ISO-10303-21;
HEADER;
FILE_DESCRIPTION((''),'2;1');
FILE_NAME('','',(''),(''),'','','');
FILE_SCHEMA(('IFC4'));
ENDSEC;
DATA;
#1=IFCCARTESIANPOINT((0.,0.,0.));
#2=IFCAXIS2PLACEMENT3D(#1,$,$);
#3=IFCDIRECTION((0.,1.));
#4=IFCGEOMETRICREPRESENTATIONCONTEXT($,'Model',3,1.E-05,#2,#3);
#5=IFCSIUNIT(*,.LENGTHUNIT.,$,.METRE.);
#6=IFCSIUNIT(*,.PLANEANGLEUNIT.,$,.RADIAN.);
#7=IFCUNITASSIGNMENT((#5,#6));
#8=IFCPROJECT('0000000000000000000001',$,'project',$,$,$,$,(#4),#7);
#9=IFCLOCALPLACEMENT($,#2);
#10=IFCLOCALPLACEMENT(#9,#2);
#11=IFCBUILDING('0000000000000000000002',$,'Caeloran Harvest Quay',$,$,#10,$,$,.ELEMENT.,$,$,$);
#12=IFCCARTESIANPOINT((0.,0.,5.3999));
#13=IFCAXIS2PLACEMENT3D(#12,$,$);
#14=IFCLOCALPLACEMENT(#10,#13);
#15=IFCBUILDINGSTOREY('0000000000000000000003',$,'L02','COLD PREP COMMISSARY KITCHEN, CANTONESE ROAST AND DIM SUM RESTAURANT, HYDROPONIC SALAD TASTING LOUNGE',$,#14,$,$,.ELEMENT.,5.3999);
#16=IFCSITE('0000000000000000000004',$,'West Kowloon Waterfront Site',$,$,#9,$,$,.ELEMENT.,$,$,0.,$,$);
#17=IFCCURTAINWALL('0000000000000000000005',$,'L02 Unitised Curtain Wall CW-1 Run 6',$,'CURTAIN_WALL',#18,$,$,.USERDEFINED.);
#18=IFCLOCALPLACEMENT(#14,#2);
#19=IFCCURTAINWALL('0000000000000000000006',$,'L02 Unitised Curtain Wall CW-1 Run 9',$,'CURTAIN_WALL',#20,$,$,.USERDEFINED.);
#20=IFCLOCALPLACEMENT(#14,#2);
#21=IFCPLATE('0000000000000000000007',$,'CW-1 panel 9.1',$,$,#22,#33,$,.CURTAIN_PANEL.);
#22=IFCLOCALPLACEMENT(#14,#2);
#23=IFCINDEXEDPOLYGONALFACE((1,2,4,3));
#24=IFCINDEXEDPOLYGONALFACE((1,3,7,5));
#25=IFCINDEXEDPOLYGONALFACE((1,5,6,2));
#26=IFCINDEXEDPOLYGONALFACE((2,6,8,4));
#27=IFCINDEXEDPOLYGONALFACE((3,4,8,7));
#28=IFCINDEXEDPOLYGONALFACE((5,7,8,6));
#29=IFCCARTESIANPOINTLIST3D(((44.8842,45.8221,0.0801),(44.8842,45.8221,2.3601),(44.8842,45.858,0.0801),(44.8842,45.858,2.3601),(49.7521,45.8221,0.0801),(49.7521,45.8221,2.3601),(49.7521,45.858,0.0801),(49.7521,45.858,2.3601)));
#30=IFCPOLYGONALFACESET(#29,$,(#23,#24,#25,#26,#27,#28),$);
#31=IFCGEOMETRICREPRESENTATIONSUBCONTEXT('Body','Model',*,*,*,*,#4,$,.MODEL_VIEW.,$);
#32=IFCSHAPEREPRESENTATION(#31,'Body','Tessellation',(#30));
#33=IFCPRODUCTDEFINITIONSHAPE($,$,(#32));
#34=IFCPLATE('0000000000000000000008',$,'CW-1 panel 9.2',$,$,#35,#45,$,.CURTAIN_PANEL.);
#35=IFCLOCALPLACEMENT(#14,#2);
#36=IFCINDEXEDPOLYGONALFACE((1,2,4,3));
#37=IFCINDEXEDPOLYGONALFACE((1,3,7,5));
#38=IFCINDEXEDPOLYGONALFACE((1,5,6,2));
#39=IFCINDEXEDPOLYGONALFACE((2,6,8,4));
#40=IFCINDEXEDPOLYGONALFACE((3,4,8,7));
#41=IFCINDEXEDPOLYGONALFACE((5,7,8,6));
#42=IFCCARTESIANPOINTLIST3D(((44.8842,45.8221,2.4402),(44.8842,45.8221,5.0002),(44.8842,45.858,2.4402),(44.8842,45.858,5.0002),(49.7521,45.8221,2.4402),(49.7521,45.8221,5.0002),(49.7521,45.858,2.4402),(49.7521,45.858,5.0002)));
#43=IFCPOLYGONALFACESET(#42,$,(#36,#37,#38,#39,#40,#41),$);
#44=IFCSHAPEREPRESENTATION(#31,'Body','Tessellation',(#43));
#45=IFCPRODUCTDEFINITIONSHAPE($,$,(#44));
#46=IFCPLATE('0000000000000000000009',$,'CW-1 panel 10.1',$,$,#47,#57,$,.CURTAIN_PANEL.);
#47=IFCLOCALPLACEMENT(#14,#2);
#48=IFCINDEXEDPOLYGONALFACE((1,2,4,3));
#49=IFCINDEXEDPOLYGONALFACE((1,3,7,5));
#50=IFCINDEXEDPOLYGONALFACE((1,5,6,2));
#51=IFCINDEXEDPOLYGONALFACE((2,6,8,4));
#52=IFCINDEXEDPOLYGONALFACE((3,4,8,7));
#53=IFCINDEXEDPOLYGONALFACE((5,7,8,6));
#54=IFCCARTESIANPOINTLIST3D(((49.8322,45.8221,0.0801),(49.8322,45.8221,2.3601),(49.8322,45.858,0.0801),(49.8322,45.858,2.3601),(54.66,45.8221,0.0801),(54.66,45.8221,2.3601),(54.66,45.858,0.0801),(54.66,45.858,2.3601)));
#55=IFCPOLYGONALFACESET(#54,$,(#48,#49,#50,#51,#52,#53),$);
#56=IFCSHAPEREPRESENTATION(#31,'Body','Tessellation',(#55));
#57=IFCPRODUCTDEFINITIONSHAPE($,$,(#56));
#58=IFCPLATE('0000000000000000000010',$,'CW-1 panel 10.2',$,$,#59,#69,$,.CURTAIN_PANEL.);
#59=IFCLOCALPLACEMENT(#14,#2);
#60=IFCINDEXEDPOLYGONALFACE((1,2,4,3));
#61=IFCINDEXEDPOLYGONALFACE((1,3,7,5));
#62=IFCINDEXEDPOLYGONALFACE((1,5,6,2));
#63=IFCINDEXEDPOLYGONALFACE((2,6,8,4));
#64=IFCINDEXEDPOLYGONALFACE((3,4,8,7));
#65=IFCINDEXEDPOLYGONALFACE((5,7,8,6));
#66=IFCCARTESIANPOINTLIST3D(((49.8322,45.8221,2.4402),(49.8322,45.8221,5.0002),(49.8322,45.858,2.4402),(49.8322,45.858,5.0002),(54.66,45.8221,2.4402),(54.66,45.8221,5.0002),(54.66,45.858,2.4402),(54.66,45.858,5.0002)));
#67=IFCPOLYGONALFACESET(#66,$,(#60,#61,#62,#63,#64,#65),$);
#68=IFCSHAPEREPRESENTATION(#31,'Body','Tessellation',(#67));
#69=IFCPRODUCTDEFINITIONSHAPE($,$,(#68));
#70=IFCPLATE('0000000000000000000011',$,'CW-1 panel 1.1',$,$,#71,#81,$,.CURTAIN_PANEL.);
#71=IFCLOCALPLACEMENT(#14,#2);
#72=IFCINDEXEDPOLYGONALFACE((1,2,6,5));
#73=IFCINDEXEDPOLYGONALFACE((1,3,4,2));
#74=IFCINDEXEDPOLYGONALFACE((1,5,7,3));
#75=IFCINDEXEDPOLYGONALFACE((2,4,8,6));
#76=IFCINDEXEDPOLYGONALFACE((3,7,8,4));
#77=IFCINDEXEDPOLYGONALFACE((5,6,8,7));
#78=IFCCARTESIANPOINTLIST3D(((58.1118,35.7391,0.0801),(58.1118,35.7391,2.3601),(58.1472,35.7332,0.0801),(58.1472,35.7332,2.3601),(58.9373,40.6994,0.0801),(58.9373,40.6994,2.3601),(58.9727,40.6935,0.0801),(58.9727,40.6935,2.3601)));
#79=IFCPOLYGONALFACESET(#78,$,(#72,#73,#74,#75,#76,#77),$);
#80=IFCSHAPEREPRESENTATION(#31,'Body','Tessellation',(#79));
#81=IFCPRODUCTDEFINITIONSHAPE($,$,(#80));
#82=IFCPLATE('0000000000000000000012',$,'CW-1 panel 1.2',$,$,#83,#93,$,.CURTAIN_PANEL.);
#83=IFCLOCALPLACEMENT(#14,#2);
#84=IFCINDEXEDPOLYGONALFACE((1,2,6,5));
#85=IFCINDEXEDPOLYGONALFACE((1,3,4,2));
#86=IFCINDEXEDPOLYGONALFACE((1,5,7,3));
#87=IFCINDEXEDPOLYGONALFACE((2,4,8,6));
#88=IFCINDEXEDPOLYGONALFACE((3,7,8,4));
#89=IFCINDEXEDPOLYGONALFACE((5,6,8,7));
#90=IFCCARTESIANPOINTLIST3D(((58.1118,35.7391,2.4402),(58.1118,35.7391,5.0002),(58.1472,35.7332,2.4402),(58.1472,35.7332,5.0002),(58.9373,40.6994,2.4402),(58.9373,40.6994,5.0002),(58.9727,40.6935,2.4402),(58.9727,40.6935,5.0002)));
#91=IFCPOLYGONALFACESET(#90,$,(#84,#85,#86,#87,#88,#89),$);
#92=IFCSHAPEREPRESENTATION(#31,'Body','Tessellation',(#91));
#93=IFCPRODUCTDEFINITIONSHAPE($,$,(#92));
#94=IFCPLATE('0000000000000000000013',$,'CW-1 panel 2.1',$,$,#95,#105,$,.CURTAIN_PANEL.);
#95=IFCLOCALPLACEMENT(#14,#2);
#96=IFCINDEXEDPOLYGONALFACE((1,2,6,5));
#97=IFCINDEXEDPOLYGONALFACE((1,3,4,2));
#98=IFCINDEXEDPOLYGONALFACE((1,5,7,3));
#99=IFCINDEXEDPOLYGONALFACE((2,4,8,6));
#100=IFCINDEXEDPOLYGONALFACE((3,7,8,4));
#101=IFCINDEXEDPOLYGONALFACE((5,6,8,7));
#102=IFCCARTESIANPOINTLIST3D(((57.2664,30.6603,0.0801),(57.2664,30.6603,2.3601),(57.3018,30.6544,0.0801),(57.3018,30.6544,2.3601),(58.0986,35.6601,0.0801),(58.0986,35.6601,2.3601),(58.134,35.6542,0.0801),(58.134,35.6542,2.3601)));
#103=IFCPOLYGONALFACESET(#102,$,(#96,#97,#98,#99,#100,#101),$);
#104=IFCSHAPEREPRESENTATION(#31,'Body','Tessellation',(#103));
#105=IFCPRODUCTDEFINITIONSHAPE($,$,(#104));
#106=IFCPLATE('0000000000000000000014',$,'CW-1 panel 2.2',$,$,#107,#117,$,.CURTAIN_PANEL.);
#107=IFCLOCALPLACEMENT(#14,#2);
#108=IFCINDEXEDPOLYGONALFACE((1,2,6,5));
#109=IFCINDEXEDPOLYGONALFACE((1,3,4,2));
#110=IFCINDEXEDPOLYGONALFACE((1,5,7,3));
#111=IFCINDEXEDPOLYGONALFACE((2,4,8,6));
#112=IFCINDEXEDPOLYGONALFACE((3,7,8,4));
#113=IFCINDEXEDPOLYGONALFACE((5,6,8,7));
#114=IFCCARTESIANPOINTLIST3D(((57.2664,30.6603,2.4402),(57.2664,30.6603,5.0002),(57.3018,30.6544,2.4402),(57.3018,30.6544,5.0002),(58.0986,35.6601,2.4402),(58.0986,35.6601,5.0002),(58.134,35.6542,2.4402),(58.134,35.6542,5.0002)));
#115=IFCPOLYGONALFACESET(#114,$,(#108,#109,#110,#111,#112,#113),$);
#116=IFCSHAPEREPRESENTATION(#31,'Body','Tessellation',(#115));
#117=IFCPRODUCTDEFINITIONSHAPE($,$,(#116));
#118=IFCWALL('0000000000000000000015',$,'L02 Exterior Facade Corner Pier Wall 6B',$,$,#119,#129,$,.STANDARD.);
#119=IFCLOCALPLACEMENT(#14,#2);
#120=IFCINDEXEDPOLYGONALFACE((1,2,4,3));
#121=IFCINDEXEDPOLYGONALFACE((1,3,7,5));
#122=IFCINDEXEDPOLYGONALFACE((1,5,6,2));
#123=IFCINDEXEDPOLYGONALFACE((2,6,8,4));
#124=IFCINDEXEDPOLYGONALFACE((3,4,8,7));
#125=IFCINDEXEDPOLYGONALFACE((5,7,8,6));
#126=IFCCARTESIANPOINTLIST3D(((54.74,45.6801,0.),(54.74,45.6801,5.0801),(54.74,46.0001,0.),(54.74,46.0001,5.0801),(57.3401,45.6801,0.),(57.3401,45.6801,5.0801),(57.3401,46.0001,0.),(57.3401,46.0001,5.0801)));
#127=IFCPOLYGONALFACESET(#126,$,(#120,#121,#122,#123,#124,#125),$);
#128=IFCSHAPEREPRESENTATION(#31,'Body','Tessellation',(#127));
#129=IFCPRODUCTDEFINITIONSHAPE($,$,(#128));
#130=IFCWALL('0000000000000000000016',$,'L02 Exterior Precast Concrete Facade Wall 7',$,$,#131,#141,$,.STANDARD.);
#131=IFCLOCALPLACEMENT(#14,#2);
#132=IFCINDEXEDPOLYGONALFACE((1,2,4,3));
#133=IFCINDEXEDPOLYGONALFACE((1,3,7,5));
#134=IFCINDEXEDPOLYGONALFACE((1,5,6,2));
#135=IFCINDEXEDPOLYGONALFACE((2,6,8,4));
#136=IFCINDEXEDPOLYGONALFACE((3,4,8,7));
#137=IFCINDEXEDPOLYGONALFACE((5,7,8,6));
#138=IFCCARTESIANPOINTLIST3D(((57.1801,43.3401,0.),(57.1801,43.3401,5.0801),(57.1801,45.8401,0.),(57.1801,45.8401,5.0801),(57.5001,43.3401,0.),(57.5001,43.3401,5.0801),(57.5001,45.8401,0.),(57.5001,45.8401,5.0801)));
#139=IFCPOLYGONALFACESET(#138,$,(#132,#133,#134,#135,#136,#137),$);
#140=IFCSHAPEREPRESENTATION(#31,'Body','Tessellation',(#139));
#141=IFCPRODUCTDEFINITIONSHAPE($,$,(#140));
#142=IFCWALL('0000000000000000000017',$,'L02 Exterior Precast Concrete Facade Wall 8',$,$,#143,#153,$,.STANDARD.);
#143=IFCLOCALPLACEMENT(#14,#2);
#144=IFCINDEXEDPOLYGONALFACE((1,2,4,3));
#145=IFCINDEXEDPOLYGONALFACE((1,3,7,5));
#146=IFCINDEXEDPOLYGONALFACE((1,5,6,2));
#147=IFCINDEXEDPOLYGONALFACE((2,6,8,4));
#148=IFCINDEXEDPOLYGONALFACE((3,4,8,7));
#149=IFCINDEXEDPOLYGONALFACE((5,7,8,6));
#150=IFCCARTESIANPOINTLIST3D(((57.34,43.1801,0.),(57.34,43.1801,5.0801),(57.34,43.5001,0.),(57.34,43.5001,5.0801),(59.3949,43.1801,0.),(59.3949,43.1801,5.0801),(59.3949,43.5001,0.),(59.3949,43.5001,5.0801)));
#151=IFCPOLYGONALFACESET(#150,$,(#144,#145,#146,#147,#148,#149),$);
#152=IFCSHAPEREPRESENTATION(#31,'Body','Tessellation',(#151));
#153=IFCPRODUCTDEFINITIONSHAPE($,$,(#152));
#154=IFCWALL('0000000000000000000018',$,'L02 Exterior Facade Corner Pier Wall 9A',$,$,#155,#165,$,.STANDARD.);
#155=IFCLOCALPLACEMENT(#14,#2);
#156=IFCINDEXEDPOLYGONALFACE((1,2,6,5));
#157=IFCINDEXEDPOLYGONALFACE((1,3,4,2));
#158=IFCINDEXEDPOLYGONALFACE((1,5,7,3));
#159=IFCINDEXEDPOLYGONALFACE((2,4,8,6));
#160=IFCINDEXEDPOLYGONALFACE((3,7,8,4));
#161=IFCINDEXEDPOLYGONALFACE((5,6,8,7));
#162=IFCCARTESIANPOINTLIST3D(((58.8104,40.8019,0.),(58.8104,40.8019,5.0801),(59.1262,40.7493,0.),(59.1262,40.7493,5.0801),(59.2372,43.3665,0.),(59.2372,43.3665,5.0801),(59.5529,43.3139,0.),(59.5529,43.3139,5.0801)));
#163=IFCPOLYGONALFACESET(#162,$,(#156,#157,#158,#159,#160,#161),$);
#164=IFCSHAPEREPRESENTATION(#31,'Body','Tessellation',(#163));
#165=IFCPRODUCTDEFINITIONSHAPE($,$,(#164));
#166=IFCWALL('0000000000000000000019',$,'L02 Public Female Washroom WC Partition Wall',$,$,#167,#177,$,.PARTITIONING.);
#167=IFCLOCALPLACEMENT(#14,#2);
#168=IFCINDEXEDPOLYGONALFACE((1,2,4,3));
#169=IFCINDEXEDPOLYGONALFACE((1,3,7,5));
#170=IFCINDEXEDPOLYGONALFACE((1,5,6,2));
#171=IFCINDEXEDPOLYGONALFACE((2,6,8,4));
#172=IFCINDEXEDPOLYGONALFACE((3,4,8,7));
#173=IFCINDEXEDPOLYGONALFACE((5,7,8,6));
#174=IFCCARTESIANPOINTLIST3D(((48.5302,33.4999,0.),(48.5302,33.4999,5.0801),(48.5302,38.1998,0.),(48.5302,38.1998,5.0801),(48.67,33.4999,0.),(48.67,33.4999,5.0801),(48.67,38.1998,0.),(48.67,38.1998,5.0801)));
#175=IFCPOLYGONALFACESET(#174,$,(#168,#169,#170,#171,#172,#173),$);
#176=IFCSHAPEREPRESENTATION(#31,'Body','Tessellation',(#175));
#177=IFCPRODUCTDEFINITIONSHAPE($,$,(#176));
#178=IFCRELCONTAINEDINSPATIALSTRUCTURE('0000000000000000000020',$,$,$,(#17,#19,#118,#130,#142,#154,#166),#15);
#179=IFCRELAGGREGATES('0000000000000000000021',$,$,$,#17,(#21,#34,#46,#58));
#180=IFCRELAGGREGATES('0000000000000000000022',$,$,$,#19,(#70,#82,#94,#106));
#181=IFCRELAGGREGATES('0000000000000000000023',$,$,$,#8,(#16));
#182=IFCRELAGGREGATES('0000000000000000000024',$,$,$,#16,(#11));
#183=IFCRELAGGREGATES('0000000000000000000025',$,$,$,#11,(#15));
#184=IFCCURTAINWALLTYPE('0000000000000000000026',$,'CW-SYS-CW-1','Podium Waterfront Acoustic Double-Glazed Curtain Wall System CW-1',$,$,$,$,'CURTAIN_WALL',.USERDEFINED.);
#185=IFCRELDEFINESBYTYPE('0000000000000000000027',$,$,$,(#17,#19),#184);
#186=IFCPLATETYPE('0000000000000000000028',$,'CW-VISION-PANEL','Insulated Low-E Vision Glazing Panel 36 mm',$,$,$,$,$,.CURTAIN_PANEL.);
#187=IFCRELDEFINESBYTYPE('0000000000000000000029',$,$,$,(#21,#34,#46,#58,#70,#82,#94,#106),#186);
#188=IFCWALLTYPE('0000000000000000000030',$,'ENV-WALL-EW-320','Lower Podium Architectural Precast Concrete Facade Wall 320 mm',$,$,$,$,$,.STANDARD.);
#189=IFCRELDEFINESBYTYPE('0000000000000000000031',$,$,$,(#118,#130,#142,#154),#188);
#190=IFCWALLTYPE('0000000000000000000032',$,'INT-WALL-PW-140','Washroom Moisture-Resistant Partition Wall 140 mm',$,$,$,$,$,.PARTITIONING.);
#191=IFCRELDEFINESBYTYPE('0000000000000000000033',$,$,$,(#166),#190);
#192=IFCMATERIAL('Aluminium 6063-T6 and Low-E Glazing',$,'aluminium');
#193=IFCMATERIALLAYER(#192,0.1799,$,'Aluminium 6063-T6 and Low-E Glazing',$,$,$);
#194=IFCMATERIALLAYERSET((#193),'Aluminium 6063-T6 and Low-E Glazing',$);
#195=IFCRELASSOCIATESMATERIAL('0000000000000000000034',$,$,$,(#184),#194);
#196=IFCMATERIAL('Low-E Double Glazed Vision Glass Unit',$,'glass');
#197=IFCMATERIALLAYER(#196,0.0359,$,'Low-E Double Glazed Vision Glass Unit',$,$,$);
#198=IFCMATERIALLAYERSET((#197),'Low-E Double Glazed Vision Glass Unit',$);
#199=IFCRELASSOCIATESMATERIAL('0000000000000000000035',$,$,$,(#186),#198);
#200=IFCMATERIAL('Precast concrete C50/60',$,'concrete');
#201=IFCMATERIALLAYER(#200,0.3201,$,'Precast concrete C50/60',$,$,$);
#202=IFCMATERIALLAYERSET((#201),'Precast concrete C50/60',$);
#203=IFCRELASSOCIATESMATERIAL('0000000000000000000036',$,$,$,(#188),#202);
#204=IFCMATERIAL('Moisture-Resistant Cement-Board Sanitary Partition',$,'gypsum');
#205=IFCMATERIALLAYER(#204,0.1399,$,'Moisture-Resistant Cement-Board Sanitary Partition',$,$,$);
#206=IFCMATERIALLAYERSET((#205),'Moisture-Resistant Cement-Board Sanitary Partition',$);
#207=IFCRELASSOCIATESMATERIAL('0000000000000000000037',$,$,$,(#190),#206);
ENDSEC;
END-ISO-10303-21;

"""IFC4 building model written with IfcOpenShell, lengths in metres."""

from ifc_helpers import new_model, si_unit, direction, frame, frame_2d, origin, origin_2d, place, context, subcontext, project, spatial, rectangle, extrude, material, layer, layer_set, type_object, element, aggregate, save


model = new_model("IFC4")

# Units and contexts
model_context = context("Model", 3, precision=1e-05, world=origin(), true_north=direction((0.0, 1.0)))
body_context = subcontext(model_context, "Body", "Model", "MODEL_VIEW")
ifc_project = project(units=[si_unit("LENGTHUNIT", "METRE"), si_unit("PLANEANGLEUNIT", "RADIAN")], contexts=[model_context])

# Site, building, storey
site_placement = place(None, origin())
site = spatial("IfcSite", under=ifc_project, at=site_placement, Name="West Kowloon Waterfront Site", CompositionType="ELEMENT", RefElevation=0.0)
building_placement = place(site_placement, origin())
building = spatial("IfcBuilding", under=site, at=building_placement, Name="Caeloran Harvest Quay", CompositionType="ELEMENT")
storey_placement = place(building_placement, frame((0.0, 0.0, 5.3999)))
storey = spatial("IfcBuildingStorey", under=building, at=storey_placement, Name="L02", Description="COLD PREP COMMISSARY KITCHEN, CANTONESE ROAST AND DIM SUM RESTAURANT, HYDROPONIC SALAD TASTING LOUNGE", CompositionType="ELEMENT", Elevation=5.3999)

# Curtain walls
ifc_material_1 = material(Name="Aluminium 6063-T6 and Low-E Glazing", Category="aluminium")
ifc_layer_1 = layer(ifc_material_1, 0.1799, Name="Aluminium 6063-T6 and Low-E Glazing")
ifc_layer_set_1 = layer_set([ifc_layer_1], Name="Aluminium 6063-T6 and Low-E Glazing")
curtain_wall_type = type_object("IfcCurtainWallType", Name="CW-SYS-CW-1", Description="Podium Waterfront Acoustic Double-Glazed Curtain Wall System CW-1", ElementType="CURTAIN_WALL", PredefinedType="USERDEFINED", material=ifc_layer_set_1)
curtain_wall_1_placement = place(storey_placement, origin())
curtain_wall_1 = element("IfcCurtainWall", 1, at=curtain_wall_1_placement, inside=storey, type_object=curtain_wall_type, Name="L02 Unitised Curtain Wall CW-1 Run 6", ObjectType="CURTAIN_WALL", PredefinedType="USERDEFINED")
curtain_wall_2_placement = place(storey_placement, origin())
curtain_wall_2 = element("IfcCurtainWall", 2, at=curtain_wall_2_placement, inside=storey, type_object=curtain_wall_type, Name="L02 Unitised Curtain Wall CW-1 Run 9", ObjectType="CURTAIN_WALL", PredefinedType="USERDEFINED")

# Plates
ifc_material_2 = material(Name="Low-E Double Glazed Vision Glass Unit", Category="glass")
ifc_layer_2 = layer(ifc_material_2, 0.0359, Name="Low-E Double Glazed Vision Glass Unit")
ifc_layer_set_2 = layer_set([ifc_layer_2], Name="Low-E Double Glazed Vision Glass Unit")
plate_type = type_object("IfcPlateType", Name="CW-VISION-PANEL", Description="Insulated Low-E Vision Glazing Panel 36 mm", PredefinedType="CURTAIN_PANEL", material=ifc_layer_set_2)
plate_1_placement = place(storey_placement, frame((47.3181, 45.8401, 0.0801), z_axis=(0.0, 0.0, 1.0), x_axis=(1.0, 0.0, 0.0)))
plate_1 = element("IfcPlate", 3, at=plate_1_placement, type_object=plate_type, Name="CW-1 panel 9.1", PredefinedType="CURTAIN_PANEL", context=body_context, shape_type="SweptSolid", body=[
    extrude(rectangle(XDim=4.8679, YDim=0.0359, at=origin_2d()), origin(), (0.0, 0.0, 1.0), 2.28),
])
plate_2_placement = place(storey_placement, frame((47.3181, 45.8401, 2.4402), z_axis=(0.0, 0.0, 1.0), x_axis=(1.0, 0.0, 0.0)))
plate_2 = element("IfcPlate", 4, at=plate_2_placement, type_object=plate_type, Name="CW-1 panel 9.2", PredefinedType="CURTAIN_PANEL", context=body_context, shape_type="SweptSolid", body=[
    extrude(rectangle(XDim=4.8679, YDim=0.0359, at=origin_2d()), origin(), (0.0, 0.0, 1.0), 2.5601),
])
plate_3_placement = place(storey_placement, frame((52.2461, 45.8401, 0.0801), z_axis=(0.0, 0.0, 1.0), x_axis=(1.0, 0.0, 0.0)))
plate_3 = element("IfcPlate", 5, at=plate_3_placement, type_object=plate_type, Name="CW-1 panel 10.1", PredefinedType="CURTAIN_PANEL", context=body_context, shape_type="SweptSolid", body=[
    extrude(rectangle(XDim=4.8279, YDim=0.0359, at=origin_2d()), origin(), (0.0, 0.0, 1.0), 2.28),
])
plate_4_placement = place(storey_placement, frame((52.2461, 45.8401, 2.4402), z_axis=(0.0, 0.0, 1.0), x_axis=(1.0, 0.0, 0.0)))
plate_4 = element("IfcPlate", 6, at=plate_4_placement, type_object=plate_type, Name="CW-1 panel 10.2", PredefinedType="CURTAIN_PANEL", context=body_context, shape_type="SweptSolid", body=[
    extrude(rectangle(XDim=4.8279, YDim=0.0359, at=origin_2d()), origin(), (0.0, 0.0, 1.0), 2.5601),
])
aggregate(curtain_wall_1, [plate_1, plate_2, plate_3, plate_4])
plate_5_placement = place(storey_placement, frame((58.5422, 38.2163, 0.0801), z_axis=(0.0, 0.0, 1.0), x_axis=(-0.164175, -0.986431, 0.0)))
plate_5 = element("IfcPlate", 7, at=plate_5_placement, type_object=plate_type, Name="CW-1 panel 1.1", PredefinedType="CURTAIN_PANEL", context=body_context, shape_type="SweptSolid", body=[
    extrude(rectangle(XDim=5.0286, YDim=0.0359, at=origin_2d()), origin(), (0.0, 0.0, 1.0), 2.28),
])
plate_6_placement = place(storey_placement, frame((58.5422, 38.2163, 2.4402), z_axis=(0.0, 0.0, 1.0), x_axis=(-0.164175, -0.986431, 0.0)))
plate_6 = element("IfcPlate", 8, at=plate_6_placement, type_object=plate_type, Name="CW-1 panel 1.2", PredefinedType="CURTAIN_PANEL", context=body_context, shape_type="SweptSolid", body=[
    extrude(rectangle(XDim=5.0286, YDim=0.0359, at=origin_2d()), origin(), (0.0, 0.0, 1.0), 2.5601),
])
plate_7_placement = place(storey_placement, frame((57.7002, 33.1572, 0.0801), z_axis=(0.0, 0.0, 1.0), x_axis=(-0.164175, -0.986431, 0.0)))
plate_7 = element("IfcPlate", 9, at=plate_7_placement, type_object=plate_type, Name="CW-1 panel 2.1", PredefinedType="CURTAIN_PANEL", context=body_context, shape_type="SweptSolid", body=[
    extrude(rectangle(XDim=5.0686, YDim=0.0359, at=origin_2d()), origin(), (0.0, 0.0, 1.0), 2.28),
])
plate_8_placement = place(storey_placement, frame((57.7002, 33.1572, 2.4402), z_axis=(0.0, 0.0, 1.0), x_axis=(-0.164175, -0.986431, 0.0)))
plate_8 = element("IfcPlate", 10, at=plate_8_placement, type_object=plate_type, Name="CW-1 panel 2.2", PredefinedType="CURTAIN_PANEL", context=body_context, shape_type="SweptSolid", body=[
    extrude(rectangle(XDim=5.0686, YDim=0.0359, at=origin_2d()), origin(), (0.0, 0.0, 1.0), 2.5601),
])
aggregate(curtain_wall_2, [plate_5, plate_6, plate_7, plate_8])

# Walls
ifc_material_3 = material(Name="Precast concrete C50/60", Category="concrete")
ifc_layer_3 = layer(ifc_material_3, 0.3201, Name="Precast concrete C50/60")
ifc_layer_set_3 = layer_set([ifc_layer_3], Name="Precast concrete C50/60")
wall_type_1 = type_object("IfcWallType", Name="ENV-WALL-EW-320", Description="Lower Podium Architectural Precast Concrete Facade Wall 320 mm", PredefinedType="STANDARD", material=ifc_layer_set_3)
wall_1_placement = place(storey_placement, frame((54.74, 45.8401, 0.0), z_axis=(0.0, 0.0, 1.0), x_axis=(1.0, 0.0, 0.0)))
element("IfcWall", 11, at=wall_1_placement, inside=storey, type_object=wall_type_1, Name="L02 Exterior Facade Corner Pier Wall 6B", PredefinedType="STANDARD", context=body_context, shape_type="SweptSolid", body=[
    extrude(rectangle(XDim=2.6001, YDim=0.3201, at=frame_2d((1.3, 0.0))), origin(), (0.0, 0.0, 1.0), 5.0801),
])
wall_2_placement = place(storey_placement, frame((57.3401, 45.8401, 0.0), z_axis=(0.0, 0.0, 1.0), x_axis=(0.0, -1.0, 0.0)))
element("IfcWall", 12, at=wall_2_placement, inside=storey, type_object=wall_type_1, Name="L02 Exterior Precast Concrete Facade Wall 7", PredefinedType="STANDARD", context=body_context, shape_type="SweptSolid", body=[
    extrude(rectangle(XDim=2.5, YDim=0.3201, at=frame_2d((1.25, 0.0))), origin(), (0.0, 0.0, 1.0), 5.0801),
])
wall_3_placement = place(storey_placement, frame((57.3401, 43.3401, 0.0), z_axis=(0.0, 0.0, 1.0), x_axis=(1.0, 0.0, 0.0)))
element("IfcWall", 13, at=wall_3_placement, inside=storey, type_object=wall_type_1, Name="L02 Exterior Precast Concrete Facade Wall 8", PredefinedType="STANDARD", context=body_context, shape_type="SweptSolid", body=[
    extrude(rectangle(XDim=2.0549, YDim=0.3201, at=frame_2d((1.0273, 0.0))), origin(), (0.0, 0.0, 1.0), 5.0801),
])
wall_4_placement = place(storey_placement, frame((59.395, 43.3401, 0.0), z_axis=(0.0, 0.0, 1.0), x_axis=(-0.16414, -0.986437, 0.0)))
element("IfcWall", 14, at=wall_4_placement, inside=storey, type_object=wall_type_1, Name="L02 Exterior Facade Corner Pier Wall 9A", PredefinedType="STANDARD", context=body_context, shape_type="SweptSolid", body=[
    extrude(rectangle(XDim=2.5999, YDim=0.3201, at=frame_2d((1.2998, 0.0))), origin(), (0.0, 0.0, 1.0), 5.0801),
])
ifc_material_4 = material(Name="Moisture-Resistant Cement-Board Sanitary Partition", Category="gypsum")
ifc_layer_4 = layer(ifc_material_4, 0.1399, Name="Moisture-Resistant Cement-Board Sanitary Partition")
ifc_layer_set_4 = layer_set([ifc_layer_4], Name="Moisture-Resistant Cement-Board Sanitary Partition")
wall_type_2 = type_object("IfcWallType", Name="INT-WALL-PW-140", Description="Washroom Moisture-Resistant Partition Wall 140 mm", PredefinedType="PARTITIONING", material=ifc_layer_set_4)
wall_5_placement = place(storey_placement, frame((48.6001, 38.2, 0.0), z_axis=(0.0, 0.0, 1.0), x_axis=(0.0, -1.0, 0.0)))
element("IfcWall", 15, at=wall_5_placement, inside=storey, type_object=wall_type_2, Name="L02 Public Female Washroom WC Partition Wall", PredefinedType="PARTITIONING", context=body_context, shape_type="SweptSolid", body=[
    extrude(rectangle(XDim=4.7, YDim=0.1399, at=frame_2d((2.3501, 0.0))), origin(), (0.0, 0.0, 1.0), 5.0801),
])

save(model, "model.ifc")
